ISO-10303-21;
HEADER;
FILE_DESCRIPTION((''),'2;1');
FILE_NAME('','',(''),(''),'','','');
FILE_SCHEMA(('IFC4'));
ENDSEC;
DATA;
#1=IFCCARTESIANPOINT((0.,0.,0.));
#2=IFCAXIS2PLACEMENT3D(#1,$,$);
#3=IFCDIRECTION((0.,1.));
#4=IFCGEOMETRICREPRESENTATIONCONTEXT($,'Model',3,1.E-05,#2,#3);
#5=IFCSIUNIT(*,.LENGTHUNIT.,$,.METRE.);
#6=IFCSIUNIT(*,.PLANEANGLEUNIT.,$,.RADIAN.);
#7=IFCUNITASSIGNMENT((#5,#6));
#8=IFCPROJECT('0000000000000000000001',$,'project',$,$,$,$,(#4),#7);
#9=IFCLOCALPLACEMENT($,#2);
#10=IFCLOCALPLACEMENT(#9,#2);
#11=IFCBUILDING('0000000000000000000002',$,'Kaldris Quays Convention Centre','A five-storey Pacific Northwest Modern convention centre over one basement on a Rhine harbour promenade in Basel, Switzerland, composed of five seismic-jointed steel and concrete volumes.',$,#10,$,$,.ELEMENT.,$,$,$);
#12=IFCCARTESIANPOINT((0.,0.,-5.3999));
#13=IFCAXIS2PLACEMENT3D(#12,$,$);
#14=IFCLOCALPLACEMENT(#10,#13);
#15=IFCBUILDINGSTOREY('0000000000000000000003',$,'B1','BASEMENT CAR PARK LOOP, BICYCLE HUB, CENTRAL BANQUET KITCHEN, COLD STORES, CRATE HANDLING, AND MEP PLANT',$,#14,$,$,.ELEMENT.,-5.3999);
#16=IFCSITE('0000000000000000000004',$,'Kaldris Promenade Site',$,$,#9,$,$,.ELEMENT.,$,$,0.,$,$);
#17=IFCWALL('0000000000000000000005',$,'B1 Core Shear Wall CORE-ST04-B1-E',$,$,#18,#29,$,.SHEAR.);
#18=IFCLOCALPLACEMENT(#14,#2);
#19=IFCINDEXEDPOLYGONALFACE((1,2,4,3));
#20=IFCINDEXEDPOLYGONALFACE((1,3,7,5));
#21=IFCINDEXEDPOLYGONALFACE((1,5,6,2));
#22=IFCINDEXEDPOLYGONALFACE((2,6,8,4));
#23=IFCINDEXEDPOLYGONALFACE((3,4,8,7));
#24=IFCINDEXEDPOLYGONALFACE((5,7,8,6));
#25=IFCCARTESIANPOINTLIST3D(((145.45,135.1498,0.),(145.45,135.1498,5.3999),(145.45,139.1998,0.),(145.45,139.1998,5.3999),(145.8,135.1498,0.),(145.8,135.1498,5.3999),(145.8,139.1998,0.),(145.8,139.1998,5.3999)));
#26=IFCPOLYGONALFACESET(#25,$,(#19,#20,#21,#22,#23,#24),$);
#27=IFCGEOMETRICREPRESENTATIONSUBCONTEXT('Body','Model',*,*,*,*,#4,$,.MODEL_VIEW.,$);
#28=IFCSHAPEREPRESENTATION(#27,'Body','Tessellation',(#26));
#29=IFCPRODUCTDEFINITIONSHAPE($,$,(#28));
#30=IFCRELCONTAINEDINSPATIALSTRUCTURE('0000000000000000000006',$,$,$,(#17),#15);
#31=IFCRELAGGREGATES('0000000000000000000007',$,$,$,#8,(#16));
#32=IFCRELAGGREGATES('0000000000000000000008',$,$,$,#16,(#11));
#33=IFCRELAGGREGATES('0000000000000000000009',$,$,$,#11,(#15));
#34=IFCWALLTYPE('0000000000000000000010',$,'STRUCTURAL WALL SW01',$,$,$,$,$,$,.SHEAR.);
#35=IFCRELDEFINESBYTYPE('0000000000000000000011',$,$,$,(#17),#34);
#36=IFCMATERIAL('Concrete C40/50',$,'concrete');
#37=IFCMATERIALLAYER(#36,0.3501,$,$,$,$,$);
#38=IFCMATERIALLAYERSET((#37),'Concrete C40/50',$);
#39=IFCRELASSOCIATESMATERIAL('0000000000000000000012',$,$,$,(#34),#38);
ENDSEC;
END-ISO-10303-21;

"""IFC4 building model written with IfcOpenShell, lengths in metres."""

from ifc_helpers import new_model, si_unit, direction, frame, frame_2d, origin, place, context, subcontext, project, spatial, rectangle, extrude, material, layer, layer_set, type_object, element, save


model = new_model("IFC4")

# Units and contexts
model_context = context("Model", 3, precision=1e-05, world=origin(), true_north=direction((0.0, 1.0)))
body_context = subcontext(model_context, "Body", "Model", "MODEL_VIEW")
ifc_project = project(units=[si_unit("LENGTHUNIT", "METRE"), si_unit("PLANEANGLEUNIT", "RADIAN")], contexts=[model_context])

# Site, building, storey
site_placement = place(None, origin())
site = spatial("IfcSite", under=ifc_project, at=site_placement, Name="Kaldris Promenade Site", CompositionType="ELEMENT", RefElevation=0.0)
building_placement = place(site_placement, origin())
building = spatial("IfcBuilding", under=site, at=building_placement, Name="Kaldris Quays Convention Centre", Description="A five-storey Pacific Northwest Modern convention centre over one basement on a Rhine harbour promenade in Basel, Switzerland, composed of five seismic-jointed steel and concrete volumes.", CompositionType="ELEMENT")
storey_placement = place(building_placement, frame((0.0, 0.0, -5.3999)))
storey = spatial("IfcBuildingStorey", under=building, at=storey_placement, Name="B1", Description="BASEMENT CAR PARK LOOP, BICYCLE HUB, CENTRAL BANQUET KITCHEN, COLD STORES, CRATE HANDLING, AND MEP PLANT", CompositionType="ELEMENT", Elevation=-5.3999)

# Wall
ifc_material_1 = material(Name="Concrete C40/50", Category="concrete")
ifc_layer_1 = layer(ifc_material_1, 0.3501)
ifc_layer_set_1 = layer_set([ifc_layer_1], Name="Concrete C40/50")
wall_type_1 = type_object("IfcWallType", Name="STRUCTURAL WALL SW01", PredefinedType="SHEAR", material=ifc_layer_set_1)
for number, where, z_axis, x_axis, name in (
    (1, (145.625, 135.1499, 0.0), (0.0, 0.0, 1.0), (0.0, 1.0, 0.0), "B1 Core Shear Wall CORE-ST04-B1-E"),
):
    element("IfcWall", number, at=place(storey_placement, frame(where, z_axis=z_axis, x_axis=x_axis)), inside=storey, type_object=wall_type_1, Name=name, PredefinedType="SHEAR", context=body_context, shape_type="SweptSolid", body=[
        extrude(rectangle(XDim=4.05, YDim=0.3501, at=frame_2d((2.0249, 0.0))), origin(), (0.0, 0.0, 1.0), 5.3999),
    ])

save(model, "model.ifc")
